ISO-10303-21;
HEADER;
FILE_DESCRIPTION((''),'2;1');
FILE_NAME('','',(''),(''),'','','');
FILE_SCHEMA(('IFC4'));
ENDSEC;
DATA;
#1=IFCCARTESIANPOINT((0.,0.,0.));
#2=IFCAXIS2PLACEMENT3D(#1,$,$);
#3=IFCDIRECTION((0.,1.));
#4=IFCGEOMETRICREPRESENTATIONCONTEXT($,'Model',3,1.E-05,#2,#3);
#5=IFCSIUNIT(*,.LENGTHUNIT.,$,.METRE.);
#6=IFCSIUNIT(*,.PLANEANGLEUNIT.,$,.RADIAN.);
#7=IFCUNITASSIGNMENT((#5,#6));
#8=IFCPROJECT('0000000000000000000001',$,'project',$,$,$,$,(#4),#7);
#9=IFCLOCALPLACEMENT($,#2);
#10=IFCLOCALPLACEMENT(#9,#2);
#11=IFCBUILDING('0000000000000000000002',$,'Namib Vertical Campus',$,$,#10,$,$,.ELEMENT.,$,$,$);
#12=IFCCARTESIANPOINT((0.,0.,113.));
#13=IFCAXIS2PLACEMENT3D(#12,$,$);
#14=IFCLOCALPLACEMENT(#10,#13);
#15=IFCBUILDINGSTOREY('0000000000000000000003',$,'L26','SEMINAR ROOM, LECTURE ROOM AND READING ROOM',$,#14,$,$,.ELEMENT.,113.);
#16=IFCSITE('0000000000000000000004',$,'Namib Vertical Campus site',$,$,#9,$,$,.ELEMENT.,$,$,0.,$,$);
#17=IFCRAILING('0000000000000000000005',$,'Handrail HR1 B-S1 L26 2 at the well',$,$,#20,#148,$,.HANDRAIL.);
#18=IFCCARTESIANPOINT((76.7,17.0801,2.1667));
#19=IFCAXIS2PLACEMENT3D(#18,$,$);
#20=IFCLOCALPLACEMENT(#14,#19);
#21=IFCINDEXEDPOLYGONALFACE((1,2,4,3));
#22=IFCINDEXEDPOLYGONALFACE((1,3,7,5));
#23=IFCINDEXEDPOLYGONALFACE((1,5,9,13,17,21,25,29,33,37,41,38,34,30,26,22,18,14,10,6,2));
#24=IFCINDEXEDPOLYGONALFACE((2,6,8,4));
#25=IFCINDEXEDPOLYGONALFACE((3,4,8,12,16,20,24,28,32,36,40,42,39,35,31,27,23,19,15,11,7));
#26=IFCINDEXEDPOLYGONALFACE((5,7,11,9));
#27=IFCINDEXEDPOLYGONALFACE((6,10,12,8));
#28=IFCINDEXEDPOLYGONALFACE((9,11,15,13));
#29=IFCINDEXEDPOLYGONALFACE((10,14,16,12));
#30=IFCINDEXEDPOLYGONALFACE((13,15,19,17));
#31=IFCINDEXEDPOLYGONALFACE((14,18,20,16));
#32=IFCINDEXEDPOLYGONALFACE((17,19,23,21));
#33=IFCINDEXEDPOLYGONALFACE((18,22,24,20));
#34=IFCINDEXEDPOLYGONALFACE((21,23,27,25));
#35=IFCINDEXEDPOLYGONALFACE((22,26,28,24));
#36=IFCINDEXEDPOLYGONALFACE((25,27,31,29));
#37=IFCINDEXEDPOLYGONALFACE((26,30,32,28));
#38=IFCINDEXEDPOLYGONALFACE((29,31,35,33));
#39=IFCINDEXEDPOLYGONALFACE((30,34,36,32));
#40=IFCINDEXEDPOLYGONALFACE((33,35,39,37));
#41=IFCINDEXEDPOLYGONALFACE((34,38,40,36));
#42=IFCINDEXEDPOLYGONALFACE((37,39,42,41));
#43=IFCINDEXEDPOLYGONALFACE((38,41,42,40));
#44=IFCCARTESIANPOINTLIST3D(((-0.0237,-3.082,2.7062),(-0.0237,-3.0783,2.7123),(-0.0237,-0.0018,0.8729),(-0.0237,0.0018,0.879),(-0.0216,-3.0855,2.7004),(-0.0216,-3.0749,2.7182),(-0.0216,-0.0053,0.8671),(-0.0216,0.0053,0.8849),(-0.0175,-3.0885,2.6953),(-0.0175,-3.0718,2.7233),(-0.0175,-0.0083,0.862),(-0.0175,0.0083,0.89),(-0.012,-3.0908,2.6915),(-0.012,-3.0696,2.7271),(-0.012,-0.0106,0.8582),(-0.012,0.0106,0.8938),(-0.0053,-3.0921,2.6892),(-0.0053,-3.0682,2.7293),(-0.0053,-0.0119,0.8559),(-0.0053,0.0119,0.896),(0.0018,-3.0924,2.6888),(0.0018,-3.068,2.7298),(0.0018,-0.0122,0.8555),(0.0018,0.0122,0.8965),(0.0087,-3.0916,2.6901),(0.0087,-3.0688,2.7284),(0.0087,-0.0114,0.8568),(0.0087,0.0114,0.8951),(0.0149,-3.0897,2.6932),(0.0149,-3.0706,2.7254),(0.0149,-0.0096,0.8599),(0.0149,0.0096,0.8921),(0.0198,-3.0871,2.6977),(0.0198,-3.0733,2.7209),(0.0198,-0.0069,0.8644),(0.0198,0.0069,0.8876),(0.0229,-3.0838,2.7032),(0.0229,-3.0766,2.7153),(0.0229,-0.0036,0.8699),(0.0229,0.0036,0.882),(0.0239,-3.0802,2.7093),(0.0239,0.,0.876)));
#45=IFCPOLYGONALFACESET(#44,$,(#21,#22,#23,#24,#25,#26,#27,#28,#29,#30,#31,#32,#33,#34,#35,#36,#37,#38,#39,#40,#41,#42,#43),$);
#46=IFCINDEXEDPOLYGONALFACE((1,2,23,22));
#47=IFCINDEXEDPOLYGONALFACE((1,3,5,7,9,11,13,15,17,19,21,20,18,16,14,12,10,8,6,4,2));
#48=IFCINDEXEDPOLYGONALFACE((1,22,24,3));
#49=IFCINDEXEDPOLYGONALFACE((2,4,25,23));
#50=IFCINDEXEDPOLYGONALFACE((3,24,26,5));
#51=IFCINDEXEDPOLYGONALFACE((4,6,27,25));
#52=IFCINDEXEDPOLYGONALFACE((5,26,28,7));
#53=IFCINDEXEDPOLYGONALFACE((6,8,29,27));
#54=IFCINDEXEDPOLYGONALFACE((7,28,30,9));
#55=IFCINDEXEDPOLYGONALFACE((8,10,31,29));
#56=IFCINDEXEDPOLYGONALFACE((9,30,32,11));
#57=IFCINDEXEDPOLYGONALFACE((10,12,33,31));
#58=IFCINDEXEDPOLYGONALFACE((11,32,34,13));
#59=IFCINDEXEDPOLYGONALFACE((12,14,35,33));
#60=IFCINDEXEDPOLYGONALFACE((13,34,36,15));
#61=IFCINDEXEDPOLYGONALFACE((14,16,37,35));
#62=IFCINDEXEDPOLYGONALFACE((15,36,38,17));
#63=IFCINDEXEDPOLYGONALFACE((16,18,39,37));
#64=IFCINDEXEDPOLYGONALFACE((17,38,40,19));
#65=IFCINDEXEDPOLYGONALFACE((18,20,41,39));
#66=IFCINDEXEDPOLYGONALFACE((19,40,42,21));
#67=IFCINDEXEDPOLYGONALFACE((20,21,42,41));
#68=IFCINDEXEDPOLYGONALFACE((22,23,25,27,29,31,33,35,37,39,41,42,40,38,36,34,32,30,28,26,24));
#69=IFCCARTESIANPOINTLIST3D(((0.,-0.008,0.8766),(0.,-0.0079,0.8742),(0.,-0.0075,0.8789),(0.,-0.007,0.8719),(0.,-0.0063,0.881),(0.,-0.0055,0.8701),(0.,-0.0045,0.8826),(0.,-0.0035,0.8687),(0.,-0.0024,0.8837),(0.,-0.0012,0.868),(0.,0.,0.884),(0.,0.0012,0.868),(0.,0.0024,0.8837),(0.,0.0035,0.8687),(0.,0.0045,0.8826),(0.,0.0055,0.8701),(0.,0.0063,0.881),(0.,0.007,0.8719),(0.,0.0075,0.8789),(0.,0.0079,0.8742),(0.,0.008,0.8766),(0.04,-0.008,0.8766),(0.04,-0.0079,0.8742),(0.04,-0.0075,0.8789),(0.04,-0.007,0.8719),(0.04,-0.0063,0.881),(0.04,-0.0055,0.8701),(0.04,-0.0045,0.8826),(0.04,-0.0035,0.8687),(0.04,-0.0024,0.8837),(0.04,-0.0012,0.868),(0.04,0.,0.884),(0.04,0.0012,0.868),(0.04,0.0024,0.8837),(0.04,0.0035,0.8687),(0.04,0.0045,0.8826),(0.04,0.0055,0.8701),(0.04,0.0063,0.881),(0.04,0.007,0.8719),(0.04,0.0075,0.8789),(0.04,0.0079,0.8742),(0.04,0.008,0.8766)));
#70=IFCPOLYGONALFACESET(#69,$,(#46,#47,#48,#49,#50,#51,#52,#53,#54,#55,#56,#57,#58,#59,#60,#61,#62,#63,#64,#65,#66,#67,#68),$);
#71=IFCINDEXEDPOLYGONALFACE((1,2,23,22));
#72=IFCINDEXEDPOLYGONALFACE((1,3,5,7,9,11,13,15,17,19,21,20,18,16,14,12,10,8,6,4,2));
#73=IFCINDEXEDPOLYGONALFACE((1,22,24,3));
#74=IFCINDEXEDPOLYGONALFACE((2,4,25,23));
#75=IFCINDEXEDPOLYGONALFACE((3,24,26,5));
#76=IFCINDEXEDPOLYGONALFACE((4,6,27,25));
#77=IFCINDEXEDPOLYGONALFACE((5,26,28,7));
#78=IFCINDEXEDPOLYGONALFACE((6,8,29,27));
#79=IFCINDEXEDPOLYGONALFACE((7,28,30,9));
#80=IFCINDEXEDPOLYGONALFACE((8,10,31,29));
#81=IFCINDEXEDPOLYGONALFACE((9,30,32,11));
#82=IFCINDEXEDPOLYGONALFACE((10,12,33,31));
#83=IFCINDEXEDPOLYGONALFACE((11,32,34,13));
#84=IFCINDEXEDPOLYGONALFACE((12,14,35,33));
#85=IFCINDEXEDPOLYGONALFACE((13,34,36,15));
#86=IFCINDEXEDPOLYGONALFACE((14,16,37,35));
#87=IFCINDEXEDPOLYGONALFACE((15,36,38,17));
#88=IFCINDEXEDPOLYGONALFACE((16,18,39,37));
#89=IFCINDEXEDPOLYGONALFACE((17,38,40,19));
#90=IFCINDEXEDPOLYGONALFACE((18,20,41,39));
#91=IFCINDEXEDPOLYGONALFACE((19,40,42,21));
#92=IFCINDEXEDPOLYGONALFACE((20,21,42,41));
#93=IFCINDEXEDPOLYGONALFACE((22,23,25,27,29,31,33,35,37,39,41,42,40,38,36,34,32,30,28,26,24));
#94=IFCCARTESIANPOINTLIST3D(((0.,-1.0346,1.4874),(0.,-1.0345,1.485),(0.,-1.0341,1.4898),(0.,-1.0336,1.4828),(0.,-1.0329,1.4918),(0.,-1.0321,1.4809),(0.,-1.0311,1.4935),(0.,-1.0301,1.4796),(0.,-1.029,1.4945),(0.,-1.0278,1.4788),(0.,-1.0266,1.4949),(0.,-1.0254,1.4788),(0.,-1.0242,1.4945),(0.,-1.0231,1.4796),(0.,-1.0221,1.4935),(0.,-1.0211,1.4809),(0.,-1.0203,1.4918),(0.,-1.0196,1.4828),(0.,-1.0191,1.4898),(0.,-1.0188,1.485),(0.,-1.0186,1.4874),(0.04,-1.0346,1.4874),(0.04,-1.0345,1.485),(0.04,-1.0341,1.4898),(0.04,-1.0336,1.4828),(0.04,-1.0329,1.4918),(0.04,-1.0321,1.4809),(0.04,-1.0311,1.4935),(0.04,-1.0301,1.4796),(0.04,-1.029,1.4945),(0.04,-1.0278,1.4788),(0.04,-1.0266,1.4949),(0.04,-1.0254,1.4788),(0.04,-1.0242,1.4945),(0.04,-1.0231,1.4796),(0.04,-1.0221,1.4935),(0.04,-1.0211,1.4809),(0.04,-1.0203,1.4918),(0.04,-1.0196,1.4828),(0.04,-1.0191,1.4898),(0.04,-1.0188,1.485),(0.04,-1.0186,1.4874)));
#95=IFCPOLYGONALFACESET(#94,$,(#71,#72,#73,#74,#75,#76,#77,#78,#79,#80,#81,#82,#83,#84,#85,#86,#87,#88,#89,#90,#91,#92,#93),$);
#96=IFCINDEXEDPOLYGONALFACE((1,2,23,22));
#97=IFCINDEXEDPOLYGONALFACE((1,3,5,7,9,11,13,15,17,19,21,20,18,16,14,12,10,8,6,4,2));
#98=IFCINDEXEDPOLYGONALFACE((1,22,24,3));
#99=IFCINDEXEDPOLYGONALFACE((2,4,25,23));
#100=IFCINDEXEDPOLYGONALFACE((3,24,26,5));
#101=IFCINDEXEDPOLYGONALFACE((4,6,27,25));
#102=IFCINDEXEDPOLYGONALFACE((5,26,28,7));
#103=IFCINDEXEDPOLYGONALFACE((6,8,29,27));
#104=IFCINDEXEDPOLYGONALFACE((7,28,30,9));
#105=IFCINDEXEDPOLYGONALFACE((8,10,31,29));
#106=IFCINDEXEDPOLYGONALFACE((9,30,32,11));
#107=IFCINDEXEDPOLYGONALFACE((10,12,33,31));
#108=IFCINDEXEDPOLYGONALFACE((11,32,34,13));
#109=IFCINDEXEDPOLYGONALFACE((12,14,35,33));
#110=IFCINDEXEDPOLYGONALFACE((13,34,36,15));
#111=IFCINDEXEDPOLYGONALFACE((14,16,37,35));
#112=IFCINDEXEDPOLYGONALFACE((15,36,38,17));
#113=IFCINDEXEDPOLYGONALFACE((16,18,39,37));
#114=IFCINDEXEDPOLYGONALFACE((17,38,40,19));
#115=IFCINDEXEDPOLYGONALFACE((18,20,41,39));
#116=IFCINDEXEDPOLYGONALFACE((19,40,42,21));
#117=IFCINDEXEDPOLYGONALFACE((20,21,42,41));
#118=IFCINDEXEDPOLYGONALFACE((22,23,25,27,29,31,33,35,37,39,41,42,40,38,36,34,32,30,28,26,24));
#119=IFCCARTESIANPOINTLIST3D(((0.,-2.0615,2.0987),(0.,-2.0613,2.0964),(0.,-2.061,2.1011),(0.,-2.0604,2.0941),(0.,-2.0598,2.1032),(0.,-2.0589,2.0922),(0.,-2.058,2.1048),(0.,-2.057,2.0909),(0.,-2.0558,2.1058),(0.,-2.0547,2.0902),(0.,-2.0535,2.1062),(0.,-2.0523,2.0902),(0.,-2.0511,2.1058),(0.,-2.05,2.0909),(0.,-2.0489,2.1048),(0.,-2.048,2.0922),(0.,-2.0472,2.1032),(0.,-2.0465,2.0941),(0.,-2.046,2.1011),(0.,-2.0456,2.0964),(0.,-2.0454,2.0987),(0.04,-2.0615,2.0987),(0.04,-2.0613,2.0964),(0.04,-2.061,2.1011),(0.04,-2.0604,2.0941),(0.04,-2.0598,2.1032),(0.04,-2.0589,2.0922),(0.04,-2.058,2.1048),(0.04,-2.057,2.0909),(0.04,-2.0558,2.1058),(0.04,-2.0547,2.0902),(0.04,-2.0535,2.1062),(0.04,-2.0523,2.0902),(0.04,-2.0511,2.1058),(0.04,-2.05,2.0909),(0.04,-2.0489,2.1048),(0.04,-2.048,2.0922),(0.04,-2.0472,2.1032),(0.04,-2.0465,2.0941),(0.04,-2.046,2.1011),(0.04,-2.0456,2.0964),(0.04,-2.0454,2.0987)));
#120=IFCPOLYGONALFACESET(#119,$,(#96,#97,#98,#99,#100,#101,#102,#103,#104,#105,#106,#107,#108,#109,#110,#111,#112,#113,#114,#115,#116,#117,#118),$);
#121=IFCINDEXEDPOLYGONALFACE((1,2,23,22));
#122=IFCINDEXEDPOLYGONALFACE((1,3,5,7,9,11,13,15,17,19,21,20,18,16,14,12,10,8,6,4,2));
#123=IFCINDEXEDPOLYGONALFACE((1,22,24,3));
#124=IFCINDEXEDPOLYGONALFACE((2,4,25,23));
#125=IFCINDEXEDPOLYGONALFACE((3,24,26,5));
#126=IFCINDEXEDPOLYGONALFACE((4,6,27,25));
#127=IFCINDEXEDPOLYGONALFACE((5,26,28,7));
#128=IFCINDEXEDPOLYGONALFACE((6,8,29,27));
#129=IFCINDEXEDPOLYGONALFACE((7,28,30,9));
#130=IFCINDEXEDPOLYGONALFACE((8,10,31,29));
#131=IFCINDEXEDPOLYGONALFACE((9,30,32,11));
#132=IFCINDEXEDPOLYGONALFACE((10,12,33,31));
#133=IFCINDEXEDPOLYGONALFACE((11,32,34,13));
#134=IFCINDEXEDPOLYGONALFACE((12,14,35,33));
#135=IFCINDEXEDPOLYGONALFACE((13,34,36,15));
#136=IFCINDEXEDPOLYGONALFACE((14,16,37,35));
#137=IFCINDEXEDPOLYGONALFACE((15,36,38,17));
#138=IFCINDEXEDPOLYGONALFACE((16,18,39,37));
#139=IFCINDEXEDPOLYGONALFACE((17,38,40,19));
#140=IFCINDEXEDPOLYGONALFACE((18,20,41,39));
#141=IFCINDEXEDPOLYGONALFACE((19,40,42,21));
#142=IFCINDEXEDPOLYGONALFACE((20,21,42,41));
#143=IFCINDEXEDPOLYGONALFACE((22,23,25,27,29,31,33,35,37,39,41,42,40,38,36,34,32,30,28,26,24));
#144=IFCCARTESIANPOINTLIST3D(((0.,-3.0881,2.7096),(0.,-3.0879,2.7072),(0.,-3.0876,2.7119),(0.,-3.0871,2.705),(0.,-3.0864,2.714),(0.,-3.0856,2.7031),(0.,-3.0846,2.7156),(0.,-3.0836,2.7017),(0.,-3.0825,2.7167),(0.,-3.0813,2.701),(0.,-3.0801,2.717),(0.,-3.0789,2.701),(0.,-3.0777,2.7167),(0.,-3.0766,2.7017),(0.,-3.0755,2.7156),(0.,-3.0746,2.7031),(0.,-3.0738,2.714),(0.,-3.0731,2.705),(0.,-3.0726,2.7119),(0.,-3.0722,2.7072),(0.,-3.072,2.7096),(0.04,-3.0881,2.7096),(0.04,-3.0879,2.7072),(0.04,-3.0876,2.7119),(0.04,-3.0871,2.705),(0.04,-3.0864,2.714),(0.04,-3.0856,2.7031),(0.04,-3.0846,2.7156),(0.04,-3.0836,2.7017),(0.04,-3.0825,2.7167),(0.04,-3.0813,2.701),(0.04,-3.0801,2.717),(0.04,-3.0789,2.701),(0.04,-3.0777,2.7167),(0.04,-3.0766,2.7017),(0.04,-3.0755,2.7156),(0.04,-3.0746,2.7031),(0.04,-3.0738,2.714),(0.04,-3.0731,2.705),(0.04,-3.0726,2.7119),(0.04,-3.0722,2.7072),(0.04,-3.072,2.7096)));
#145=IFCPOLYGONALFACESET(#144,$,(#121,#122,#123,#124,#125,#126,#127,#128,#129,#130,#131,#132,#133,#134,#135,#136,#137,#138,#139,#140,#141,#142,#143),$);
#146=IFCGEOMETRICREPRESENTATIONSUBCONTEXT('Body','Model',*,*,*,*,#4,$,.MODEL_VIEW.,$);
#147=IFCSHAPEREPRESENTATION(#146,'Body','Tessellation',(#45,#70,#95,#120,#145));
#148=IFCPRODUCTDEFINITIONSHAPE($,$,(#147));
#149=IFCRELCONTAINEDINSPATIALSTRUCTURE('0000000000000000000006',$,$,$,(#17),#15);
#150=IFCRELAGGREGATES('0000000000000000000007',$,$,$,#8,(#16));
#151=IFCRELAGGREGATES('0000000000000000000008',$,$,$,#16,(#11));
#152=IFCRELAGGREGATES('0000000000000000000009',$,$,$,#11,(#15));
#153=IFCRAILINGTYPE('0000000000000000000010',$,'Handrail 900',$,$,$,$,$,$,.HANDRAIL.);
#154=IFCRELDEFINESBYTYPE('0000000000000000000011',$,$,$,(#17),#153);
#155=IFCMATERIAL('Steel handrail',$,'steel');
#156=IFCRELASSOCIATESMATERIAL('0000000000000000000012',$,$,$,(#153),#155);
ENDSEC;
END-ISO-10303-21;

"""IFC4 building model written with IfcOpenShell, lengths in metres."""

from ifc_helpers import new_model, si_unit, direction, frame, origin, origin_2d, place, context, subcontext, project, spatial, circle, extrude, material, type_object, element, save


model = new_model("IFC4")

# Units and contexts
model_context = context("Model", 3, precision=1e-05, world=origin(), true_north=direction((0.0, 1.0)))
body_context = subcontext(model_context, "Body", "Model", "MODEL_VIEW")
ifc_project = project(units=[si_unit("LENGTHUNIT", "METRE"), si_unit("PLANEANGLEUNIT", "RADIAN")], contexts=[model_context])

# Site, building, storey
site_placement = place(None, origin())
site = spatial("IfcSite", under=ifc_project, at=site_placement, Name="Namib Vertical Campus site", CompositionType="ELEMENT", RefElevation=0.0)
building_placement = place(site_placement, origin())
building = spatial("IfcBuilding", under=site, at=building_placement, Name="Namib Vertical Campus", CompositionType="ELEMENT")
storey_placement = place(building_placement, frame((0.0, 0.0, 113.0)))
storey = spatial("IfcBuildingStorey", under=building, at=storey_placement, Name="L26", Description="SEMINAR ROOM, LECTURE ROOM AND READING ROOM", CompositionType="ELEMENT", Elevation=113.0)

# Railing
ifc_material_1 = material(Name="Steel handrail", Category="steel")
railing_type_1 = type_object("IfcRailingType", Name="Handrail 900", PredefinedType="HANDRAIL", material=ifc_material_1)
railing_1_placement = place(storey_placement, frame((76.7, 17.0801, 2.1667)))
element("IfcRailing", 1, at=railing_1_placement, inside=storey, type_object=railing_type_1, Name="Handrail HR1 B-S1 L26 2 at the well", PredefinedType="HANDRAIL", context=body_context, shape_type="SweptSolid", body=[
    extrude(circle(Radius=0.0239, at=origin_2d()), frame((0.0, 0.0, 0.876), z_axis=(0.0, -0.859309, 0.511458), x_axis=(1.0, 0.0, 0.0)), (0.0, 0.0, 1.0), 3.5845),
    extrude(circle(Radius=0.0081, at=origin_2d()), frame((0.0, 0.0, 0.876), z_axis=(1.0, 0.0, 0.0), x_axis=(0.0, 0.0, 1.0)), (0.0, 0.0, 1.0), 0.04),
    extrude(circle(Radius=0.0081, at=origin_2d()), frame((0.0, -1.0266, 1.4868), z_axis=(1.0, 0.0, 0.0), x_axis=(0.0, 0.0, 1.0)), (0.0, 0.0, 1.0), 0.04),
    extrude(circle(Radius=0.0081, at=origin_2d()), frame((0.0, -2.0535, 2.0981), z_axis=(1.0, 0.0, 0.0), x_axis=(0.0, 0.0, 1.0)), (0.0, 0.0, 1.0), 0.04),
    extrude(circle(Radius=0.0081, at=origin_2d()), frame((0.0, -3.0801, 2.709), z_axis=(1.0, 0.0, 0.0), x_axis=(0.0, 0.0, 1.0)), (0.0, 0.0, 1.0), 0.04),
])

save(model, "model.ifc")
